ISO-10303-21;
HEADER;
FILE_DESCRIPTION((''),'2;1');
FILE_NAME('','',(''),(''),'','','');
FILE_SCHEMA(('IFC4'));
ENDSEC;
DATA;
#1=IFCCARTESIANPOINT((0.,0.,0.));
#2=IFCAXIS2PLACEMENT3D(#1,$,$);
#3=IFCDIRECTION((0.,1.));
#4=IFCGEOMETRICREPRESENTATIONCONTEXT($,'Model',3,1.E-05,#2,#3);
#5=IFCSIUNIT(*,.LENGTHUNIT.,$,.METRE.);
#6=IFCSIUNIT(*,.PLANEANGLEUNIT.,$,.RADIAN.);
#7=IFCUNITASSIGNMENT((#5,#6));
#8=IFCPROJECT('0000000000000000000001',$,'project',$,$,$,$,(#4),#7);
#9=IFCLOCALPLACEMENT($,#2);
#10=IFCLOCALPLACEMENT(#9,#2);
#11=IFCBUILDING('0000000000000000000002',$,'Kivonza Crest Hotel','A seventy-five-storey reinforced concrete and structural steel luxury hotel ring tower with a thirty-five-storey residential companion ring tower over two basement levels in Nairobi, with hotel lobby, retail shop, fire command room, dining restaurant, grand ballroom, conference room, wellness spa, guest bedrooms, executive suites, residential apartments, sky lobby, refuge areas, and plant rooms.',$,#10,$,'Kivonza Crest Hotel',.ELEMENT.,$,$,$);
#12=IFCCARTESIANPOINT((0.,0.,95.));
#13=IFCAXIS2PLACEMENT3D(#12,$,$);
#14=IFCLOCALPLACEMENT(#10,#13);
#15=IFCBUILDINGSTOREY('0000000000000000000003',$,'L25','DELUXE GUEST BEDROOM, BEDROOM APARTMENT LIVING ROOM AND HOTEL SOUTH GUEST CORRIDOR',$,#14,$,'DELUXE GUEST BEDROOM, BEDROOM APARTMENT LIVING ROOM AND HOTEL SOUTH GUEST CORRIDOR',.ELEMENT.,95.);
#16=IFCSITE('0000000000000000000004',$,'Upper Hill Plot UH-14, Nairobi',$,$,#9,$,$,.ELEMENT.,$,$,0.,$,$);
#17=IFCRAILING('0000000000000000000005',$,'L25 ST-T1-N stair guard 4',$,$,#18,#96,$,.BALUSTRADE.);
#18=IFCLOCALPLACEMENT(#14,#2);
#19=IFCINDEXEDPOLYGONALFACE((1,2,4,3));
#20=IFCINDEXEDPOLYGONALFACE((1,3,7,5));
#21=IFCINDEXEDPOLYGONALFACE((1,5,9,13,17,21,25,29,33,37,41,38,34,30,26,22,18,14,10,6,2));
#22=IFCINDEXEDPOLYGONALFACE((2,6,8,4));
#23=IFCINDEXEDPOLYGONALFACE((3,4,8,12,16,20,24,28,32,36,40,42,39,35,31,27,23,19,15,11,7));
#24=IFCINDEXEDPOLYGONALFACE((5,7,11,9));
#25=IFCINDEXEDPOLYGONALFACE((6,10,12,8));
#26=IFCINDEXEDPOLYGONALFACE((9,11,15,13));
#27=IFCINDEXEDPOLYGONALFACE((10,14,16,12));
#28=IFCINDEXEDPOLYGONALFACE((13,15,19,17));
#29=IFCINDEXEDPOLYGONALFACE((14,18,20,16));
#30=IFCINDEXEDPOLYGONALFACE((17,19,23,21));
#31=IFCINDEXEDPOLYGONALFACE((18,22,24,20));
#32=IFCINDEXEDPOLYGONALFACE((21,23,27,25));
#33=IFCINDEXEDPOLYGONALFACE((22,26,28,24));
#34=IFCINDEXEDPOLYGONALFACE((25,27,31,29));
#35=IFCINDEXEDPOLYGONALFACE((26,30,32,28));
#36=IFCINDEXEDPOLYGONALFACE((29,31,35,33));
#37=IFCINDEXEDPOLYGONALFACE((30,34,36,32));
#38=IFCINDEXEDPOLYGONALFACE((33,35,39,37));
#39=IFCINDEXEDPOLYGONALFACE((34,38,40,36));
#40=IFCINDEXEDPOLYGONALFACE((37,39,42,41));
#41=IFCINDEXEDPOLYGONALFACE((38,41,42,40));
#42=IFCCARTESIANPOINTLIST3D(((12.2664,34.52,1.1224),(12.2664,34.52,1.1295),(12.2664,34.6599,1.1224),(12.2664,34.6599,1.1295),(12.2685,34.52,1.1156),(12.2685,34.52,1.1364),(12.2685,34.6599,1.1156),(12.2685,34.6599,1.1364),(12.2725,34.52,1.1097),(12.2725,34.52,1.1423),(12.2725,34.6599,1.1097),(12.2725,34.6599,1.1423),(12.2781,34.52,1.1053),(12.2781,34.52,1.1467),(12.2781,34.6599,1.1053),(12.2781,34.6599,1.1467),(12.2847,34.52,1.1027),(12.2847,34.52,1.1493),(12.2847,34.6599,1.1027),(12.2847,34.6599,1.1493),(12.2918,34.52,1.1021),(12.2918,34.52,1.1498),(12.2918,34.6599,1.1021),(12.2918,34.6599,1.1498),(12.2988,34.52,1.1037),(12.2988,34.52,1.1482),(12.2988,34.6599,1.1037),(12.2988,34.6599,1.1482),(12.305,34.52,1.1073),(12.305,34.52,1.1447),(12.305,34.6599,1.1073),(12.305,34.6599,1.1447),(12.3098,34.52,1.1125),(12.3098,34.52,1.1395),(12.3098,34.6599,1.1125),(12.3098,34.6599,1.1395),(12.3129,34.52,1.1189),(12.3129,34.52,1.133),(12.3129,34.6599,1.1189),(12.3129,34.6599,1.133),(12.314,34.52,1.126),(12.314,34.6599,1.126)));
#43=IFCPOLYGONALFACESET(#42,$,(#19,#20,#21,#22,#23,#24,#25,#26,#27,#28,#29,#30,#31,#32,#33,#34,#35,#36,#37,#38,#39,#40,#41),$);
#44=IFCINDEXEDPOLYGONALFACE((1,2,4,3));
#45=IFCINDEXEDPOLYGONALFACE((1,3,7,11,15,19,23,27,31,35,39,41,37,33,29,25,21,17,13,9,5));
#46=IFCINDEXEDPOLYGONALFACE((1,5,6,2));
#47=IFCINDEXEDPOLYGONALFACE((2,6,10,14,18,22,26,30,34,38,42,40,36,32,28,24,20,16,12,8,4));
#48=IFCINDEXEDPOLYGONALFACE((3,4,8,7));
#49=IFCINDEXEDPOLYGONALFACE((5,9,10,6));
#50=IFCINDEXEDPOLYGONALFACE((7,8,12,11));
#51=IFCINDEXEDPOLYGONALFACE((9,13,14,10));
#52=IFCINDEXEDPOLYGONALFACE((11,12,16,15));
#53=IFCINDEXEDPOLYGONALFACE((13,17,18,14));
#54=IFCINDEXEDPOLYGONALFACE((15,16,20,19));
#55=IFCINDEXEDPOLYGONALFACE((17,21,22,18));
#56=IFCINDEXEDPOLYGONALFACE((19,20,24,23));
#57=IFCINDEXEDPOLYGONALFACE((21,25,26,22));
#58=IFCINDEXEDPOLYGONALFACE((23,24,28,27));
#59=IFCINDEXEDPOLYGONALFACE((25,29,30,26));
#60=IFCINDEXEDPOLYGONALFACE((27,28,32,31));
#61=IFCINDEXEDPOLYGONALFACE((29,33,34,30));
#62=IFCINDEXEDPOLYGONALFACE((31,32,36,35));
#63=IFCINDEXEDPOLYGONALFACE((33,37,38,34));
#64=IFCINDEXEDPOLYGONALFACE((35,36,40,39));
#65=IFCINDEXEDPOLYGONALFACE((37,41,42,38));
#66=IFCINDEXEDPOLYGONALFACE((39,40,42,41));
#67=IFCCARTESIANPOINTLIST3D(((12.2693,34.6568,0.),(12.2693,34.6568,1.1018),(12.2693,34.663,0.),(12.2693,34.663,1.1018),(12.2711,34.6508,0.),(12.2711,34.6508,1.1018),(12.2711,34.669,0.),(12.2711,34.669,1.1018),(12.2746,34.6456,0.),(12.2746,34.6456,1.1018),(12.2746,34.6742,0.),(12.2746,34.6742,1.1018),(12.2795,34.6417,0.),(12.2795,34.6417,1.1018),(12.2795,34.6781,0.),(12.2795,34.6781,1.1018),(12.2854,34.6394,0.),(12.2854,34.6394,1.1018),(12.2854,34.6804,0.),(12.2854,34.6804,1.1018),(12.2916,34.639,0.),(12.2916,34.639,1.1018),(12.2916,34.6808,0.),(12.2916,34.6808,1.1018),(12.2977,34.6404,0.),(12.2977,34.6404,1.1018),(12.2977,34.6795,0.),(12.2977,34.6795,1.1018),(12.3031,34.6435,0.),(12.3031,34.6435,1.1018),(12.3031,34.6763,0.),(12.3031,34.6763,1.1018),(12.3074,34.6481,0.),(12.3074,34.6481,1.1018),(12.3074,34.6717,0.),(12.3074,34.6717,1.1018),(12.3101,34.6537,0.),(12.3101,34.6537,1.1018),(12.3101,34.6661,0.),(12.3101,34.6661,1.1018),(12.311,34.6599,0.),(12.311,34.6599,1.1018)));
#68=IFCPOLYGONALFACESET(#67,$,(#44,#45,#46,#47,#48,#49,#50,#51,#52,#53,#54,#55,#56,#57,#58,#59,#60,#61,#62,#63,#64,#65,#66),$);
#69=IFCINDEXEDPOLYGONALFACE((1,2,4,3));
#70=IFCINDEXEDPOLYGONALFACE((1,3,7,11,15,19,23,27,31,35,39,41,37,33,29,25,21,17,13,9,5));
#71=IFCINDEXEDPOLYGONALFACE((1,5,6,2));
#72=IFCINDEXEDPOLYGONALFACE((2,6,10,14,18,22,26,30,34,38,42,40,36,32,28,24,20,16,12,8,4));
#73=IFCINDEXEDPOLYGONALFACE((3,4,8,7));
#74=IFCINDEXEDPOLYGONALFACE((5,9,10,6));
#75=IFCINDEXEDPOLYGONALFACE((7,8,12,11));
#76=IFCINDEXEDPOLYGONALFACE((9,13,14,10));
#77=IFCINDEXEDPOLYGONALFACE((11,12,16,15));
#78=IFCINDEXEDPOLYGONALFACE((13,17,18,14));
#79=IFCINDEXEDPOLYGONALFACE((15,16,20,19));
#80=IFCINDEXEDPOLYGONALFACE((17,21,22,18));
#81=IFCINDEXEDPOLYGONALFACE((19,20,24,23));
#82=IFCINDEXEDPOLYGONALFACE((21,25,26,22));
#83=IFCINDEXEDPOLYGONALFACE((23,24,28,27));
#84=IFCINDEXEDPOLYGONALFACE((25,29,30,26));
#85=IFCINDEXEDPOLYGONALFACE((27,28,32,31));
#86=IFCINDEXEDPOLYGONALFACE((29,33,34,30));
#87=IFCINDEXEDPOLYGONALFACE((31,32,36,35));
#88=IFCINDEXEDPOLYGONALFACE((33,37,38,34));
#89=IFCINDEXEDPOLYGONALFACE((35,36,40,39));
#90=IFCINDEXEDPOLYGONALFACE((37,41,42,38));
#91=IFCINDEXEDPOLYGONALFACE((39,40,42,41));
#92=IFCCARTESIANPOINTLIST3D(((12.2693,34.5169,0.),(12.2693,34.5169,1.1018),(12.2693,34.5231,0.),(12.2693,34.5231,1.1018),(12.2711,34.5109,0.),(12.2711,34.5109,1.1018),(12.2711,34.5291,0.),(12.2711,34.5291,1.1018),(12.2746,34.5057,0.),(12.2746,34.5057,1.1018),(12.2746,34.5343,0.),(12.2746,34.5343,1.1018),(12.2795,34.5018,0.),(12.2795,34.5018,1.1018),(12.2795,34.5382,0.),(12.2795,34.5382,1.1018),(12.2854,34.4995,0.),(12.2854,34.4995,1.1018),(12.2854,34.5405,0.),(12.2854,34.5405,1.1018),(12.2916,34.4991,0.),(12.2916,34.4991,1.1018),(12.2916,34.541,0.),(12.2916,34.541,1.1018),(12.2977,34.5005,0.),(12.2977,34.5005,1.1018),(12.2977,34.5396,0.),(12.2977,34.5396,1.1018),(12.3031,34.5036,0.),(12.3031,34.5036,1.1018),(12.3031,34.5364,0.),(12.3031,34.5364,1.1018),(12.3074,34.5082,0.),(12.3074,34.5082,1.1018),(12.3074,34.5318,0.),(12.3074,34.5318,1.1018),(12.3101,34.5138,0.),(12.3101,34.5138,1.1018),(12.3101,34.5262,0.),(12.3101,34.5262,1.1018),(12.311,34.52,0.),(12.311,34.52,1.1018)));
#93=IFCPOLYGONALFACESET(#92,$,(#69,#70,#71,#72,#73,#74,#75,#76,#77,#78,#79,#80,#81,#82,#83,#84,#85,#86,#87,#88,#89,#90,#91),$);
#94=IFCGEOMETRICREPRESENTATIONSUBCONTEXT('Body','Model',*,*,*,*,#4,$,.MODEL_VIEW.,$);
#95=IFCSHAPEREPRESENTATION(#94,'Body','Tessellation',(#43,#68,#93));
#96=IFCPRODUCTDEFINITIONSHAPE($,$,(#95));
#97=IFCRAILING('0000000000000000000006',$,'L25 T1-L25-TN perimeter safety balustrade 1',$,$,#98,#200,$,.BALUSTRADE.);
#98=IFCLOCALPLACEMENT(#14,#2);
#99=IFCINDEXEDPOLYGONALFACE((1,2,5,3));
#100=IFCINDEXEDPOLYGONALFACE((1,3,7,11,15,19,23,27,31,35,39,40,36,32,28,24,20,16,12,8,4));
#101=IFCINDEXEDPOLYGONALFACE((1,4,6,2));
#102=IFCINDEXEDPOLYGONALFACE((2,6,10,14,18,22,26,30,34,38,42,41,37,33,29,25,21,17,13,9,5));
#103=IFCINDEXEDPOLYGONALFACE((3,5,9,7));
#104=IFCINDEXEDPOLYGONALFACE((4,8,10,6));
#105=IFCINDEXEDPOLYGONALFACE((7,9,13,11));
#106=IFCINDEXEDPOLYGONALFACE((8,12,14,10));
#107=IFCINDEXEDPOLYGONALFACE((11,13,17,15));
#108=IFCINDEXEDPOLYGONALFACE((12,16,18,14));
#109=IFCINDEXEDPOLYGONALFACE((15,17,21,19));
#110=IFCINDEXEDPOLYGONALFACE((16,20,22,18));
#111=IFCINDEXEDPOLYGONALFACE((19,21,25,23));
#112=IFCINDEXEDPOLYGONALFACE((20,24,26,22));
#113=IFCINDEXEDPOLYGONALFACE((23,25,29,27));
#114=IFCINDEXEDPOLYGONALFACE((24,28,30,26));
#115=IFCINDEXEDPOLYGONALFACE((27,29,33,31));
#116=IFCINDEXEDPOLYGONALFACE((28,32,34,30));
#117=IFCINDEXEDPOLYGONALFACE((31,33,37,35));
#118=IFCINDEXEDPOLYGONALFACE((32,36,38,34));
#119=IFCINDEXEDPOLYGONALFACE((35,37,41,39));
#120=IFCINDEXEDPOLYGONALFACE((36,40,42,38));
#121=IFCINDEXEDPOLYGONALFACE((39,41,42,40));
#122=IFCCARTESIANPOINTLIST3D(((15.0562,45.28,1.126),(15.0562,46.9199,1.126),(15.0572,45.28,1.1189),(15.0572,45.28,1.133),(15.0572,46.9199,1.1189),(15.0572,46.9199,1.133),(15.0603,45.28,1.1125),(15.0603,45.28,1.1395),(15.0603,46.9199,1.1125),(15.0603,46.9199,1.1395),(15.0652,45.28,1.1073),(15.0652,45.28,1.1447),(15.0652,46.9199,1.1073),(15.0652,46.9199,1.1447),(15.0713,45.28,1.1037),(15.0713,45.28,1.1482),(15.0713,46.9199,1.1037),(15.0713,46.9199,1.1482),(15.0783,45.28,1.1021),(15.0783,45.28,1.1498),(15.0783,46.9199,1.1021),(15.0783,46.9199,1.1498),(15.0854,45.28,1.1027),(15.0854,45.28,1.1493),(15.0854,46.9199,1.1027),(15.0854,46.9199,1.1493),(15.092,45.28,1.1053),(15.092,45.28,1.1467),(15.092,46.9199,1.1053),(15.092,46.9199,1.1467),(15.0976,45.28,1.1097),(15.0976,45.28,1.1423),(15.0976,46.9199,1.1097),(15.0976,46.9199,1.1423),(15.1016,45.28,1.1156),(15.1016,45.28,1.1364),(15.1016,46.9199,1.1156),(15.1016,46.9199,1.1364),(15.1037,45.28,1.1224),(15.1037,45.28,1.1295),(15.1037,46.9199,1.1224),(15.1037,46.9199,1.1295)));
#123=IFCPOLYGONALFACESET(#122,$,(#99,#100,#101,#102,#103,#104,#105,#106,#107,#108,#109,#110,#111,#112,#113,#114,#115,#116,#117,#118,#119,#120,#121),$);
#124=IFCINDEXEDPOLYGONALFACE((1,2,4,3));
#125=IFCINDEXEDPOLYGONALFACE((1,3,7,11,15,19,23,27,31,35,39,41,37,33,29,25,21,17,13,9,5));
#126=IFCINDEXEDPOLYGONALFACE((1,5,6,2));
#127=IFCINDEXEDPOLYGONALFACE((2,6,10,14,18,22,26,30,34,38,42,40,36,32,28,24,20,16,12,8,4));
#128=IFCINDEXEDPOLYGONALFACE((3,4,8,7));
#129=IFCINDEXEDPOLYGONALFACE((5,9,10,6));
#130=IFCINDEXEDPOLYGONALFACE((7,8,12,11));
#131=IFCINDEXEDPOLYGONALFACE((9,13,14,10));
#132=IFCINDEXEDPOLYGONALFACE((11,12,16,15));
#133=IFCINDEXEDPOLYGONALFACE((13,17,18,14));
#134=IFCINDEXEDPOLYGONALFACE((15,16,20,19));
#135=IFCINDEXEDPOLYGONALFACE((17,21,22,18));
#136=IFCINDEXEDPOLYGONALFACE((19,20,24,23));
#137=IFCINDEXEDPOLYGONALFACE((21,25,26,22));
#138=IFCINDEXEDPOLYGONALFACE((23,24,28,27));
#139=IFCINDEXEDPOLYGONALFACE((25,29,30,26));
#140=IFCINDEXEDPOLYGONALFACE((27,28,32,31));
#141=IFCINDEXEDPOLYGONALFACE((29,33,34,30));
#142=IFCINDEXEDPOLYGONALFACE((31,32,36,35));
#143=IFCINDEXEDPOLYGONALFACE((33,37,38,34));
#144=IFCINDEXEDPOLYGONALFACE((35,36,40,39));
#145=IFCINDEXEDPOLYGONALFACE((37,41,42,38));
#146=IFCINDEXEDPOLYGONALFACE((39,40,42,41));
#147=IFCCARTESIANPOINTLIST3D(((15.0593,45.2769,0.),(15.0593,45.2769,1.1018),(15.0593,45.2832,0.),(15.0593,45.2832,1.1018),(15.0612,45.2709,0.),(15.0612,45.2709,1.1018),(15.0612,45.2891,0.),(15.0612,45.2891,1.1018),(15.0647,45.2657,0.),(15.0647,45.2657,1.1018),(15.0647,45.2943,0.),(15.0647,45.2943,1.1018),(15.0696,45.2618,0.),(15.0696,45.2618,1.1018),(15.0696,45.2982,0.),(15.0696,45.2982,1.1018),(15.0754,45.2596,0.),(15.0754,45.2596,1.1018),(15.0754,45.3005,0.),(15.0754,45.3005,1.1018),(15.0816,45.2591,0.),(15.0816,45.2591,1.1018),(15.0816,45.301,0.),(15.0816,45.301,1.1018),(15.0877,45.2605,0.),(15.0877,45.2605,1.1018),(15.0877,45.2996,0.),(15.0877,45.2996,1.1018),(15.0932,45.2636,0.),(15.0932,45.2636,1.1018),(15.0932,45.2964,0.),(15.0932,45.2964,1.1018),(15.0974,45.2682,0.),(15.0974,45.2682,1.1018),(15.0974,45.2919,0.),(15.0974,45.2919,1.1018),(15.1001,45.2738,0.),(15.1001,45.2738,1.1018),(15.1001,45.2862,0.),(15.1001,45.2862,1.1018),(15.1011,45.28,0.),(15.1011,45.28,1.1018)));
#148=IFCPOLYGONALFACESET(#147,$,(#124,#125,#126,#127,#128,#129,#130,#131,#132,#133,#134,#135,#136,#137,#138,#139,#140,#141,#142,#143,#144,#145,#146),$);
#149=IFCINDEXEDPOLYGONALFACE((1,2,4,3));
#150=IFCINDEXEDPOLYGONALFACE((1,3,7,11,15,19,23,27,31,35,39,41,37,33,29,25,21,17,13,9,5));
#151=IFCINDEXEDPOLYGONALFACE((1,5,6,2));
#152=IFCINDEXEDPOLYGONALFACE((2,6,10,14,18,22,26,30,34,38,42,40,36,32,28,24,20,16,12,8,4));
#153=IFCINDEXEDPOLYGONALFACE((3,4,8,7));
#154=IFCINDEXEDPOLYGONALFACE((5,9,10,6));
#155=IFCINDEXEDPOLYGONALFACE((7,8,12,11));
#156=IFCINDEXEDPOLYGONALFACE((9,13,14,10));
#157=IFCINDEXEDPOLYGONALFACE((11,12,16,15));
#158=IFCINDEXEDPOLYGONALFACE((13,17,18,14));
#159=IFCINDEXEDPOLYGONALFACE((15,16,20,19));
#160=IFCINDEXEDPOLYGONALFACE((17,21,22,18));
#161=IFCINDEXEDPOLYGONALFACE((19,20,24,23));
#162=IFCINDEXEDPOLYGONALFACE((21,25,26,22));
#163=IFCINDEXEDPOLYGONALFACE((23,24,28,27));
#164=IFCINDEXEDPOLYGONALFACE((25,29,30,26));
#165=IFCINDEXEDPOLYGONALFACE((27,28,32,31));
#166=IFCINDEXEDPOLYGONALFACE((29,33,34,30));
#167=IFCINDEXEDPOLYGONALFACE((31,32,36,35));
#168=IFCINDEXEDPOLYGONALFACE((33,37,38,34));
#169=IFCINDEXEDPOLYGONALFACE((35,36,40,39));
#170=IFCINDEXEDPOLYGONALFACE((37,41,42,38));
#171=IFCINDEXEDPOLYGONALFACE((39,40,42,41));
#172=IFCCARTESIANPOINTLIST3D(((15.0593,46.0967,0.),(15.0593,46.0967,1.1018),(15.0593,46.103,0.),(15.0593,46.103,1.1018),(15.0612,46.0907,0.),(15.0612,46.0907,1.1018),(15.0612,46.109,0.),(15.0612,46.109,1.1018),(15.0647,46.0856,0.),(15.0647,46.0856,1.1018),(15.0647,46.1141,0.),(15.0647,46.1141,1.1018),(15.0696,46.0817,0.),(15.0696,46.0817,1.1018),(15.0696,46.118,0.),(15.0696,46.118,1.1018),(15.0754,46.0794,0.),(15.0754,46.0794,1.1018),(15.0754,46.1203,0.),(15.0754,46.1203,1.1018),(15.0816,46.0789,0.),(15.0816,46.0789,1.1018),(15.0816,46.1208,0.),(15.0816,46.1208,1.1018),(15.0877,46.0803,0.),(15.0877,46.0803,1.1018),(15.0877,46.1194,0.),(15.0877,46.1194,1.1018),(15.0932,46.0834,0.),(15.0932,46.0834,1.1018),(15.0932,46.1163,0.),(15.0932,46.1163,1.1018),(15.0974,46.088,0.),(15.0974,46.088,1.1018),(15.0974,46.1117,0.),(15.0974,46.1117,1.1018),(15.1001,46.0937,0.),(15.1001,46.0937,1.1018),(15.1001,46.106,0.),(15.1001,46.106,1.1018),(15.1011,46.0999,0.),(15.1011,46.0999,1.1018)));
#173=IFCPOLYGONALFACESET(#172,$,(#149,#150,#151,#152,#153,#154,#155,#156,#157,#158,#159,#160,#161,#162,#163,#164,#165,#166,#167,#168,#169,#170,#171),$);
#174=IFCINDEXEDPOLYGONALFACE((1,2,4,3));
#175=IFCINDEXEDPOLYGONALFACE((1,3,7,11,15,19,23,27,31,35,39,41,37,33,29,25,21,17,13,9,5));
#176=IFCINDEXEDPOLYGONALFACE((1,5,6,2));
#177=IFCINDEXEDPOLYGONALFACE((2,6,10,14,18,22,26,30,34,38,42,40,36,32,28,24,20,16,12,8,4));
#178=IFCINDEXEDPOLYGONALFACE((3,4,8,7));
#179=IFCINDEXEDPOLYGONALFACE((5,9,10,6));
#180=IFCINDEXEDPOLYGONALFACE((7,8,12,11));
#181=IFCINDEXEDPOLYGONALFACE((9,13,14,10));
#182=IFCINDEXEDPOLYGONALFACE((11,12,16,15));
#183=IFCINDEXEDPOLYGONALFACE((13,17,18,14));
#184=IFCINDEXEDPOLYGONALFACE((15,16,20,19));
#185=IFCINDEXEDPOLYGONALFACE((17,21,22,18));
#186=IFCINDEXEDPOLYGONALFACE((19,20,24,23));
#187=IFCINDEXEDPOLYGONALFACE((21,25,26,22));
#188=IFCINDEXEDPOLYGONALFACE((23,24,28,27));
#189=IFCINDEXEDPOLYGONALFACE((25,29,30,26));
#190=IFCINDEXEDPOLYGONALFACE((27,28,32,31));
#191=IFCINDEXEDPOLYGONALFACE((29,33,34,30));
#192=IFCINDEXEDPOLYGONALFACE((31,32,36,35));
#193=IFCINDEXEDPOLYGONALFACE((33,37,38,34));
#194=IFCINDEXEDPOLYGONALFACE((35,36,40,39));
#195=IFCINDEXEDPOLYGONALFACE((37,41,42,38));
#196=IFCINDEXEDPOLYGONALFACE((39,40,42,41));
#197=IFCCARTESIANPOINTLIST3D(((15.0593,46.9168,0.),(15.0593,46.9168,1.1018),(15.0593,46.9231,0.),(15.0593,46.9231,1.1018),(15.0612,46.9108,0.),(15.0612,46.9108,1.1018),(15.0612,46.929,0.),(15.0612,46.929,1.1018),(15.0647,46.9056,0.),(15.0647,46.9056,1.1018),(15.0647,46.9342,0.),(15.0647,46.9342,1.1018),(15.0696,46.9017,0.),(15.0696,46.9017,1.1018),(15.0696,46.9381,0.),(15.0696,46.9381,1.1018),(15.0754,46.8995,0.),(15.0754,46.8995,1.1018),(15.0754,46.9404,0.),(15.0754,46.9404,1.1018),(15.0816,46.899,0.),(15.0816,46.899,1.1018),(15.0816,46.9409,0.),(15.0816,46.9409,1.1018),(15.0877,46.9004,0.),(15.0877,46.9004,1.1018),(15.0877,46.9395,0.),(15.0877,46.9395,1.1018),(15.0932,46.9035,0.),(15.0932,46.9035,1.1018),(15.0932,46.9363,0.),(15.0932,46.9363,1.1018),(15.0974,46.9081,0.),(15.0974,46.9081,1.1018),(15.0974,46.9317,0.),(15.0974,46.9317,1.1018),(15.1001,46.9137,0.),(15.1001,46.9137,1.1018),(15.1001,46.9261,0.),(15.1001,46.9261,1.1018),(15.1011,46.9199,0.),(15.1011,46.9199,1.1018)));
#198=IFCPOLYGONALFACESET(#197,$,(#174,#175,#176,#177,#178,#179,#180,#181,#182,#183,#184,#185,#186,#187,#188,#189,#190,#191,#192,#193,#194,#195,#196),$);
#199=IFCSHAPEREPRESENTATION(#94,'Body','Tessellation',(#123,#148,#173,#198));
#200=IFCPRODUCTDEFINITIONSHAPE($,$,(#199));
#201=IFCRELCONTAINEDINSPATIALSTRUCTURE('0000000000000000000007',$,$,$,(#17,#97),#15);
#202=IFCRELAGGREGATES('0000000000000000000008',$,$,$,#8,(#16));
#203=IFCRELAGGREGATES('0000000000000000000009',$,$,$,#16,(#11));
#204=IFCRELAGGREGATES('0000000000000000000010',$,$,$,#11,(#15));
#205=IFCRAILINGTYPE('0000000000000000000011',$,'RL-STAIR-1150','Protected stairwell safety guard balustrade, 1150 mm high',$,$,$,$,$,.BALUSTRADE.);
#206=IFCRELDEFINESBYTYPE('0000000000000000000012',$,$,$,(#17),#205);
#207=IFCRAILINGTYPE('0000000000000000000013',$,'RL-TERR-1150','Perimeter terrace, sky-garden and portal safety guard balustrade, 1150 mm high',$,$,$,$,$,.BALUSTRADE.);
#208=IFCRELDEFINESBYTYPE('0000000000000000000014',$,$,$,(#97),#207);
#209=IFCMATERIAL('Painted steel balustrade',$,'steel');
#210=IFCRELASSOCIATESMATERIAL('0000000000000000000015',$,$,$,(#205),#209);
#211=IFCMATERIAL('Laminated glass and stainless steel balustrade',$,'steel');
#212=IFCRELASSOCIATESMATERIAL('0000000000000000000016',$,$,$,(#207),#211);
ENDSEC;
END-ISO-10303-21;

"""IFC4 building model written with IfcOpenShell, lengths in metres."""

from ifc_helpers import new_model, si_unit, direction, frame, origin, origin_2d, place, context, subcontext, project, spatial, circle, extrude, material, type_object, element, save


model = new_model("IFC4")

# Units and contexts
model_context = context("Model", 3, precision=1e-05, world=origin(), true_north=direction((0.0, 1.0)))
body_context = subcontext(model_context, "Body", "Model", "MODEL_VIEW")
ifc_project = project(units=[si_unit("LENGTHUNIT", "METRE"), si_unit("PLANEANGLEUNIT", "RADIAN")], contexts=[model_context])

# Site, building, storey
site_placement = place(None, origin())
site = spatial("IfcSite", under=ifc_project, at=site_placement, Name="Upper Hill Plot UH-14, Nairobi", CompositionType="ELEMENT", RefElevation=0.0)
building_placement = place(site_placement, origin())
building = spatial("IfcBuilding", under=site, at=building_placement, Name="Kivonza Crest Hotel", Description="A seventy-five-storey reinforced concrete and structural steel luxury hotel ring tower with a thirty-five-storey residential companion ring tower over two basement levels in Nairobi, with hotel lobby, retail shop, fire command room, dining restaurant, grand ballroom, conference room, wellness spa, guest bedrooms, executive suites, residential apartments, sky lobby, refuge areas, and plant rooms.", LongName="Kivonza Crest Hotel", CompositionType="ELEMENT")
storey_placement = place(building_placement, frame((0.0, 0.0, 95.0)))
storey = spatial("IfcBuildingStorey", under=building, at=storey_placement, Name="L25", Description="DELUXE GUEST BEDROOM, BEDROOM APARTMENT LIVING ROOM AND HOTEL SOUTH GUEST CORRIDOR", LongName="DELUXE GUEST BEDROOM, BEDROOM APARTMENT LIVING ROOM AND HOTEL SOUTH GUEST CORRIDOR", CompositionType="ELEMENT", Elevation=95.0)

# Railings
ifc_material_1 = material(Name="Painted steel balustrade", Category="steel")
railing_type_1 = type_object("IfcRailingType", Name="RL-STAIR-1150", Description="Protected stairwell safety guard balustrade, 1150 mm high", PredefinedType="BALUSTRADE", material=ifc_material_1)
railing_1_placement = place(storey_placement, frame((12.29, 34.6599, 0.0)))
element("IfcRailing", 1, at=railing_1_placement, inside=storey, type_object=railing_type_1, Name="L25 ST-T1-N stair guard 4", PredefinedType="BALUSTRADE", context=body_context, shape_type="SweptSolid", body=[
    extrude(circle(Radius=0.0239, at=origin_2d()), frame((0.0, 0.0, 1.126), z_axis=(0.0, -1.0, 0.0), x_axis=(1.0, 0.0, 0.0)), (0.0, 0.0, 1.0), 0.1399),
    extrude(circle(Radius=0.021, at=origin_2d()), origin(), (0.0, 0.0, 1.0), 1.1018),
    extrude(circle(Radius=0.021, at=origin_2d()), frame((0.0, -0.1399, 0.0)), (0.0, 0.0, 1.0), 1.1018),
])
ifc_material_2 = material(Name="Laminated glass and stainless steel balustrade", Category="steel")
railing_type_2 = type_object("IfcRailingType", Name="RL-TERR-1150", Description="Perimeter terrace, sky-garden and portal safety guard balustrade, 1150 mm high", PredefinedType="BALUSTRADE", material=ifc_material_2)
railing_2_placement = place(storey_placement, frame((15.0801, 45.28, 0.0)))
element("IfcRailing", 2, at=railing_2_placement, inside=storey, type_object=railing_type_2, Name="L25 T1-L25-TN perimeter safety balustrade 1", PredefinedType="BALUSTRADE", context=body_context, shape_type="SweptSolid", body=[
    extrude(circle(Radius=0.0239, at=origin_2d()), frame((0.0, 0.0, 1.126), z_axis=(0.0, 1.0, 0.0), x_axis=(-1.0, 0.0, 0.0)), (0.0, 0.0, 1.0), 1.6399),
    extrude(circle(Radius=0.021, at=origin_2d()), origin(), (0.0, 0.0, 1.0), 1.1018),
    extrude(circle(Radius=0.021, at=origin_2d()), frame((0.0, 0.8198, 0.0)), (0.0, 0.0, 1.0), 1.1018),
    extrude(circle(Radius=0.021, at=origin_2d()), frame((0.0, 1.6399, 0.0)), (0.0, 0.0, 1.0), 1.1018),
])

save(model, "model.ifc")
